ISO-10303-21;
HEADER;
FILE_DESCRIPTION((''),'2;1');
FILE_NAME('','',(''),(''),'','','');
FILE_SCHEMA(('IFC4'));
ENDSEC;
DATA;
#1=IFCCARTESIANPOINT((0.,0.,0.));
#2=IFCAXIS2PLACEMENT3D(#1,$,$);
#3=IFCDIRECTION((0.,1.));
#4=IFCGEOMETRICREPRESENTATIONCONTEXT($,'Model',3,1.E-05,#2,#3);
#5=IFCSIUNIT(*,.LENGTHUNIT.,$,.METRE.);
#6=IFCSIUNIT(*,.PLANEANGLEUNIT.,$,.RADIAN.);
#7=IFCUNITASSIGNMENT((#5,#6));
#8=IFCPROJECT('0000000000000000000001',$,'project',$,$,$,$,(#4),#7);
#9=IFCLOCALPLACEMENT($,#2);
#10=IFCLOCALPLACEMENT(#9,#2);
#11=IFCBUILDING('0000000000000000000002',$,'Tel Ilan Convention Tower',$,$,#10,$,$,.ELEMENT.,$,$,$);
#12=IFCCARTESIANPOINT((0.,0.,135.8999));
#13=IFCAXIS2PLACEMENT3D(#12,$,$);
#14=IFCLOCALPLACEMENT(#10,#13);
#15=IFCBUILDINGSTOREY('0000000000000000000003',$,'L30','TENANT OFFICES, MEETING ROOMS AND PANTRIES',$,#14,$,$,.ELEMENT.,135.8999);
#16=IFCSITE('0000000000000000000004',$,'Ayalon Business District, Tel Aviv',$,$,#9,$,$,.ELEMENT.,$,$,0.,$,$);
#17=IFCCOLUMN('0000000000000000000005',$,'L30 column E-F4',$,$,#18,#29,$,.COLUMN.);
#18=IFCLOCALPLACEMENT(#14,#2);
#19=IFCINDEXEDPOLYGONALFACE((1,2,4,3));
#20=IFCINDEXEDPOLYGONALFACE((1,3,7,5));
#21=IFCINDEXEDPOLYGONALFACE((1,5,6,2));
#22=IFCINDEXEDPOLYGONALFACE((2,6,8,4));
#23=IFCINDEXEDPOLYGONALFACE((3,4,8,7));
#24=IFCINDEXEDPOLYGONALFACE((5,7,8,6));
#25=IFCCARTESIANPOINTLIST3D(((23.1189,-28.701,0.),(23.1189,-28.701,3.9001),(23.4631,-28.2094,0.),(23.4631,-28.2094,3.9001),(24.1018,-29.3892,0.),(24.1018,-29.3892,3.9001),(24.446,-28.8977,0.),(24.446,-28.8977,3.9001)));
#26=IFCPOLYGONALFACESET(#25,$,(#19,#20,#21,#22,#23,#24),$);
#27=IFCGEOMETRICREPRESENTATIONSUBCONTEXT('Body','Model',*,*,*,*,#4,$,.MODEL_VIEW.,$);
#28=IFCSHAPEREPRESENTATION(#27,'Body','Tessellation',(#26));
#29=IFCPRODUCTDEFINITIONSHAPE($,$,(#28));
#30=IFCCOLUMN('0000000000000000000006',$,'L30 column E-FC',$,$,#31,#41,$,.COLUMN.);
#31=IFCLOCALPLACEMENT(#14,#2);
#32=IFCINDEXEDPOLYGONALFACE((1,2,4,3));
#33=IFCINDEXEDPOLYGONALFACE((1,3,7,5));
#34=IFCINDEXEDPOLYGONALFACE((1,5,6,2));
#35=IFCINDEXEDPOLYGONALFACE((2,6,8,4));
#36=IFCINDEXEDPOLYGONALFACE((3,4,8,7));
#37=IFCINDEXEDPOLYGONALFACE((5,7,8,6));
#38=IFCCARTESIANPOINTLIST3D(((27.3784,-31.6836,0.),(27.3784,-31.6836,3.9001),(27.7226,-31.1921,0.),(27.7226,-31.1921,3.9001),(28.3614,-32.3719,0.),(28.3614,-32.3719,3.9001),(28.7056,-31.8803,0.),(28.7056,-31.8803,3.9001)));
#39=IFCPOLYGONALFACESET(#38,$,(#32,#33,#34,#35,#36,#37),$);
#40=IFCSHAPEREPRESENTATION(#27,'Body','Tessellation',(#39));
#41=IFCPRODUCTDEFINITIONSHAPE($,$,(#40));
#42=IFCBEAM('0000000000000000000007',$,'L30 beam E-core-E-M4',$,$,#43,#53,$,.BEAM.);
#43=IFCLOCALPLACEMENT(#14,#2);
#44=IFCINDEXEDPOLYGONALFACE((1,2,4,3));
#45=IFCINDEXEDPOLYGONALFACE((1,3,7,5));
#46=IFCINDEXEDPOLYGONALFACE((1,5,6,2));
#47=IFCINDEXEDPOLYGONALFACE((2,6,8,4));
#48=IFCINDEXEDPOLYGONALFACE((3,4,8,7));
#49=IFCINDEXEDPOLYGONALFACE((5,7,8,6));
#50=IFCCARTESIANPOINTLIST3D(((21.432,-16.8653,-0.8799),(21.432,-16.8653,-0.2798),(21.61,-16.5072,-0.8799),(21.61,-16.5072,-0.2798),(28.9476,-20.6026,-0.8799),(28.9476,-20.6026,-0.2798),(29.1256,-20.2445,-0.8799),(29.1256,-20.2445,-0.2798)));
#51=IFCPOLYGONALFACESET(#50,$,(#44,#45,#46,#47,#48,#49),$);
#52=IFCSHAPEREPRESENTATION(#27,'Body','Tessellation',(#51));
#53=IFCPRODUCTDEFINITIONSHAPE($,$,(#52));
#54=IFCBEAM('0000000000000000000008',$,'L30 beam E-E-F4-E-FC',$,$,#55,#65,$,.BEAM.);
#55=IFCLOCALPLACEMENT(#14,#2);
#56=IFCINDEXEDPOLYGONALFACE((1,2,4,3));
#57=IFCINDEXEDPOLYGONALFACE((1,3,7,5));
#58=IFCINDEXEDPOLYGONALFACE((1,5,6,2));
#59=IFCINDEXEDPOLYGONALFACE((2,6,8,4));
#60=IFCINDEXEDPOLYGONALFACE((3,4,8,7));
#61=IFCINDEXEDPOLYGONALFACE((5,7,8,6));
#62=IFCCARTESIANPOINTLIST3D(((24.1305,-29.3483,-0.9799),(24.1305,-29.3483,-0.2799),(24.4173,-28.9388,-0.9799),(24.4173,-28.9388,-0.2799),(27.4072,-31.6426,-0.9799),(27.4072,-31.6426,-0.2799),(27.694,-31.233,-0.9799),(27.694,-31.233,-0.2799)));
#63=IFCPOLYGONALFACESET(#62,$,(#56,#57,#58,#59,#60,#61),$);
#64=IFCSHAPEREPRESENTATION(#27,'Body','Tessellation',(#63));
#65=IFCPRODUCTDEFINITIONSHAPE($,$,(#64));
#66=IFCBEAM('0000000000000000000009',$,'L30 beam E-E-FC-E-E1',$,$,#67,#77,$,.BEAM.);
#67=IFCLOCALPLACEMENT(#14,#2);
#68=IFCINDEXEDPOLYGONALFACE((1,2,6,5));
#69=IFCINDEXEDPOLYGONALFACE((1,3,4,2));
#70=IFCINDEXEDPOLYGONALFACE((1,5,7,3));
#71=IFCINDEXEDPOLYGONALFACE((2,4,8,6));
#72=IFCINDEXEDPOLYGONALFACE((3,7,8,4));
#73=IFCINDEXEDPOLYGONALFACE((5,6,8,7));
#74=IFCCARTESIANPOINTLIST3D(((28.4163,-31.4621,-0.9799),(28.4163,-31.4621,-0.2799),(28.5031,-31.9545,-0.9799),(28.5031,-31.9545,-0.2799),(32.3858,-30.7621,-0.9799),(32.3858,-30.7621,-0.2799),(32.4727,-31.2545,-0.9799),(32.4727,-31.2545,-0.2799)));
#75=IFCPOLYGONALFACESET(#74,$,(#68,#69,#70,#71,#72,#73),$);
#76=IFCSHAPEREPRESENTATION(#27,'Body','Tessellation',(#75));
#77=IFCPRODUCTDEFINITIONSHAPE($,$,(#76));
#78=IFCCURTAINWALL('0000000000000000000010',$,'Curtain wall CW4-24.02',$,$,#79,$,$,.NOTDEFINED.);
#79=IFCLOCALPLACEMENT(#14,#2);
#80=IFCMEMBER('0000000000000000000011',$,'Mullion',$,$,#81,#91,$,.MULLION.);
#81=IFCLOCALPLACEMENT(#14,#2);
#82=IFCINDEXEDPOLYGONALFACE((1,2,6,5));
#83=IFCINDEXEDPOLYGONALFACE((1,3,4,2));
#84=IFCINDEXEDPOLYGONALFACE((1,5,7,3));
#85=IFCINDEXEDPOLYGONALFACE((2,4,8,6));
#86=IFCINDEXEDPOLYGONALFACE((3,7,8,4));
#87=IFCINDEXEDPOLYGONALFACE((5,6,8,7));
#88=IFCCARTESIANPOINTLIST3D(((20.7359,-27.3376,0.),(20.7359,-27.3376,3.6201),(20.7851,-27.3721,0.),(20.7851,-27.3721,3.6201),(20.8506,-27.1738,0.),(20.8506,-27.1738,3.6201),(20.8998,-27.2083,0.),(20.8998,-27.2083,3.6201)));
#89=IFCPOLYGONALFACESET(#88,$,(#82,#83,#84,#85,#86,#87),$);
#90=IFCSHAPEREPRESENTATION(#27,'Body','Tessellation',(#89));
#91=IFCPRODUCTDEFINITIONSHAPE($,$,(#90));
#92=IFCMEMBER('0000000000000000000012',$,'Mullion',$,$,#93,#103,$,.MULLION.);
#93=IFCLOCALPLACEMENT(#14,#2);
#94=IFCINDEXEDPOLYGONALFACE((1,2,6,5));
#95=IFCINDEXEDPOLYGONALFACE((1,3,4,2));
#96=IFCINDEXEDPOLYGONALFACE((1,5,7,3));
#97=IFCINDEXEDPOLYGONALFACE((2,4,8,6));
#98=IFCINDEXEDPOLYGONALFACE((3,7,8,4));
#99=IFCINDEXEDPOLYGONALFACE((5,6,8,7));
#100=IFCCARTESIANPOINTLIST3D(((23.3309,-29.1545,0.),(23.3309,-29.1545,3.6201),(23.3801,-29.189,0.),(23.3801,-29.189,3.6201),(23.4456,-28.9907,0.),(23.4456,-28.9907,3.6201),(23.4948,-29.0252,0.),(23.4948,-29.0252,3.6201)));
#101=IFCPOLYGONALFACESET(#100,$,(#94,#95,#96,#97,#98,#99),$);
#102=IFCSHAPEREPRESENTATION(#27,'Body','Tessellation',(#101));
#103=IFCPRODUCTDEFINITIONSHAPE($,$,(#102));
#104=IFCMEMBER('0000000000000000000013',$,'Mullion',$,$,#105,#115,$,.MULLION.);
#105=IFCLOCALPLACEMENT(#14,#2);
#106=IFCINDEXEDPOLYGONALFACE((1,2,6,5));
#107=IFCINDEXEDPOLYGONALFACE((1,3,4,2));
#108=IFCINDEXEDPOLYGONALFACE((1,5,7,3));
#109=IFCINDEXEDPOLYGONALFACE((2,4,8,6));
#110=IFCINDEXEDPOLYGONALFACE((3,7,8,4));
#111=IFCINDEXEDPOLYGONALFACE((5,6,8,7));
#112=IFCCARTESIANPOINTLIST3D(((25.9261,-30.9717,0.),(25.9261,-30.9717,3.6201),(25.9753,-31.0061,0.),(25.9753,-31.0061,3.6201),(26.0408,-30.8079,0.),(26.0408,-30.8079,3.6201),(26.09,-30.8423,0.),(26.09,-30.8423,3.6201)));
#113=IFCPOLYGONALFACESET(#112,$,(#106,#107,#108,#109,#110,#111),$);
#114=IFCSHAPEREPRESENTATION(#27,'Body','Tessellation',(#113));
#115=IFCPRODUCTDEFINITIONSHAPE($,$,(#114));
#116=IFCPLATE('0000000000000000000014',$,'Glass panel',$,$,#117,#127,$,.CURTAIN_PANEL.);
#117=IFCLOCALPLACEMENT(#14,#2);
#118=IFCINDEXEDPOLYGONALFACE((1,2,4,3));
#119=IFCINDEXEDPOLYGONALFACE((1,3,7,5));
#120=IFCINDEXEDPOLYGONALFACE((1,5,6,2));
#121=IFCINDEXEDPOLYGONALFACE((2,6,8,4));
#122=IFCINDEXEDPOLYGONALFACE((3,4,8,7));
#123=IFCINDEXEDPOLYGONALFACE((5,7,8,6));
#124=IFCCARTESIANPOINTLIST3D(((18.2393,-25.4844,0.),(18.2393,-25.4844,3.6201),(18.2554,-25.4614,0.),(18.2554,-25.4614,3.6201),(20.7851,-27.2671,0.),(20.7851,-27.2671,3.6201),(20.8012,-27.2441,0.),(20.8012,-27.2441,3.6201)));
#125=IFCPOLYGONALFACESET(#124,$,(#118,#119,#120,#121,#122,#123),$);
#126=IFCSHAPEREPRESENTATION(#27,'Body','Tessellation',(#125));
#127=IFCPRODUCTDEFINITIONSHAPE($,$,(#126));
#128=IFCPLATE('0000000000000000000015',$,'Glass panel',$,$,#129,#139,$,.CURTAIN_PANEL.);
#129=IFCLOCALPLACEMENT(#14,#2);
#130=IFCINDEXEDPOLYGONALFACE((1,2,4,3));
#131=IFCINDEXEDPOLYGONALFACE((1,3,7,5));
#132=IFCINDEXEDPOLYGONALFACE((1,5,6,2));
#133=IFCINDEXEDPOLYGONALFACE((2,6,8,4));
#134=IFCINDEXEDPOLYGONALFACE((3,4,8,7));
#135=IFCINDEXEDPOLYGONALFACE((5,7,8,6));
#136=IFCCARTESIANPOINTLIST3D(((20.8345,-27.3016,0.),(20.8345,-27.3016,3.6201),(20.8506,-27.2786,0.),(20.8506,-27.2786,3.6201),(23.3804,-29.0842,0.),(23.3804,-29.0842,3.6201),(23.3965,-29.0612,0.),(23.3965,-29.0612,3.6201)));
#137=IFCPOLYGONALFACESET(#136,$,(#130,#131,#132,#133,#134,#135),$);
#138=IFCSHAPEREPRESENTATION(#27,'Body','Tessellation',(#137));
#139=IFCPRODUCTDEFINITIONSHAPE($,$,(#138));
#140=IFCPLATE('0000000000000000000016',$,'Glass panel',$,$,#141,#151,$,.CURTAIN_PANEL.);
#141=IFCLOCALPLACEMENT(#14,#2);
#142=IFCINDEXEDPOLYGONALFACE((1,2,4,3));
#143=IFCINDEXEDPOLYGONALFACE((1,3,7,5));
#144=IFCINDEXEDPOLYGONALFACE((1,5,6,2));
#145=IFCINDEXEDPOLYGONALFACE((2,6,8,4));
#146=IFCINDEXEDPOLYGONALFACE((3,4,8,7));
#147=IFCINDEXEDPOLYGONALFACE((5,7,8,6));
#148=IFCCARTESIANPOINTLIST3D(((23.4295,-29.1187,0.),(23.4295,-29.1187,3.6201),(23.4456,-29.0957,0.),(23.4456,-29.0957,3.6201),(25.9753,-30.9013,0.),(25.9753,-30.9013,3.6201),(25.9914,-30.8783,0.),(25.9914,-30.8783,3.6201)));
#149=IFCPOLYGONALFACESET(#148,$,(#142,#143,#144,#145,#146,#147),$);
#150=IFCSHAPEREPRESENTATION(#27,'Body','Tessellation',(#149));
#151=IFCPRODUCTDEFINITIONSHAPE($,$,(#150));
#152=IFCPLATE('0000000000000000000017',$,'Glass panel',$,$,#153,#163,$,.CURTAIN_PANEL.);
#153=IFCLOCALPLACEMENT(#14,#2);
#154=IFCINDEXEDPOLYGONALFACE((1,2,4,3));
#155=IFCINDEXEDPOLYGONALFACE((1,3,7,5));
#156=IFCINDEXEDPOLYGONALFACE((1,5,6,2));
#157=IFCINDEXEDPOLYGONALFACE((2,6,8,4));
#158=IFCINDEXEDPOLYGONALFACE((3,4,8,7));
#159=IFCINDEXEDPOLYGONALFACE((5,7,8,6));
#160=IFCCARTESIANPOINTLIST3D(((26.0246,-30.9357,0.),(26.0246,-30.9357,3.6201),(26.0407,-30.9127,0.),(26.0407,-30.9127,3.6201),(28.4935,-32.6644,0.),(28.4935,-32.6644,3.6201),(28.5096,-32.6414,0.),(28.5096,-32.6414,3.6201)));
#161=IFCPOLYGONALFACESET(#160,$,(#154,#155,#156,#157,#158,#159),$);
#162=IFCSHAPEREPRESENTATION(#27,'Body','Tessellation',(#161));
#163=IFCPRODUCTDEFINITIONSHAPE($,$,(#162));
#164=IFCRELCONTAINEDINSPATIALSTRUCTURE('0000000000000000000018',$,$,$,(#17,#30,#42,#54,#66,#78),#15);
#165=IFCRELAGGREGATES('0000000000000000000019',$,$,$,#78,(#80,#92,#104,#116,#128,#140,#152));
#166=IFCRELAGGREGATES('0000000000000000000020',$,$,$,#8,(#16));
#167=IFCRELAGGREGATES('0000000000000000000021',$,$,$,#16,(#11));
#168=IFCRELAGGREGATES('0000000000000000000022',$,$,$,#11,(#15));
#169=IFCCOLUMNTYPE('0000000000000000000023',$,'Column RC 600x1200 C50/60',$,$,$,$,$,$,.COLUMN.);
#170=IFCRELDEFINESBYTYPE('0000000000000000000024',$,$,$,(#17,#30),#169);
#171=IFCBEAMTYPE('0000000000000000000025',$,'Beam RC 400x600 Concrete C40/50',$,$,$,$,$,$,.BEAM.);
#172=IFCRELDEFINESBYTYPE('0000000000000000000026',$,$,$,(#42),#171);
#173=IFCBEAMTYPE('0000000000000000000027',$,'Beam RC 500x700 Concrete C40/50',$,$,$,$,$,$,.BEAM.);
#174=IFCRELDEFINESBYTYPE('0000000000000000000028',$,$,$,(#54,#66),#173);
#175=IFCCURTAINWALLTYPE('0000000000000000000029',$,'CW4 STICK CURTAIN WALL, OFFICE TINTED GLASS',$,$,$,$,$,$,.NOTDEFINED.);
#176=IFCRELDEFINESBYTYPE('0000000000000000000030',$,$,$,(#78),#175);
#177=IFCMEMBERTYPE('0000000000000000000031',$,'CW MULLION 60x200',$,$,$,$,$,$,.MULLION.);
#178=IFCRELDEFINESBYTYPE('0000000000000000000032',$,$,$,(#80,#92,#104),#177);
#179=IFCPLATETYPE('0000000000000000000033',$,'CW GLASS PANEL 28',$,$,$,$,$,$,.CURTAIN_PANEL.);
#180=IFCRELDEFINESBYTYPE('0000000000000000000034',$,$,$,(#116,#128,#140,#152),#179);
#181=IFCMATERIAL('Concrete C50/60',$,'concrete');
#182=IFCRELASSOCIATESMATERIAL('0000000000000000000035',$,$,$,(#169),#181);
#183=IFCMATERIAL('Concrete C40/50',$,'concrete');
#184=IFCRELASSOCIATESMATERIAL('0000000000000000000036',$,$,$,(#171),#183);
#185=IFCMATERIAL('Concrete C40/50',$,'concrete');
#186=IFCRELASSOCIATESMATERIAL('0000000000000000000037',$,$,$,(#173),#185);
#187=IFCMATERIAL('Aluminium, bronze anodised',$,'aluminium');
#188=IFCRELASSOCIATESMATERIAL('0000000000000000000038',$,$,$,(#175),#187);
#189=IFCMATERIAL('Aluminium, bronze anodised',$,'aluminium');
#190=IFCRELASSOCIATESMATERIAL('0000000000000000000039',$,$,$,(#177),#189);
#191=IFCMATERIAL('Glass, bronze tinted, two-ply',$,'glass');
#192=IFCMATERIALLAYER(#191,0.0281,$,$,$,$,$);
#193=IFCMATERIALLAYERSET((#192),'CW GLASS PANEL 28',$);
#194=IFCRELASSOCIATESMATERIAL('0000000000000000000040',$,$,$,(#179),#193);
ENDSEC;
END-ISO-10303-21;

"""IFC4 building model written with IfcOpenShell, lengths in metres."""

from ifc_helpers import new_model, si_unit, direction, frame, origin, origin_2d, place, context, subcontext, project, spatial, rectangle, extrude, material, layer, layer_set, material_profile, profile_set, type_object, element, aggregate, save


model = new_model("IFC4")

# Units and contexts
model_context = context("Model", 3, precision=1e-05, world=origin(), true_north=direction((0.0, 1.0)))
body_context = subcontext(model_context, "Body", "Model", "MODEL_VIEW")
ifc_project = project(units=[si_unit("LENGTHUNIT", "METRE"), si_unit("PLANEANGLEUNIT", "RADIAN")], contexts=[model_context])

# Site, building, storey
site_placement = place(None, origin())
site = spatial("IfcSite", under=ifc_project, at=site_placement, Name="Ayalon Business District, Tel Aviv", CompositionType="ELEMENT", RefElevation=0.0)
building_placement = place(site_placement, origin())
building = spatial("IfcBuilding", under=site, at=building_placement, Name="Tel Ilan Convention Tower", CompositionType="ELEMENT")
storey_placement = place(building_placement, frame((0.0, 0.0, 135.8999)))
storey = spatial("IfcBuildingStorey", under=building, at=storey_placement, Name="L30", Description="TENANT OFFICES, MEETING ROOMS AND PANTRIES", CompositionType="ELEMENT", Elevation=135.8999)

# Columns
ifc_material_1 = material(Name="Concrete C50/60", Category="concrete")
ifc_material_profile_1 = material_profile(ifc_material_1, rectangle(XDim=1.2, YDim=0.6001, at=origin_2d()), Name="RC 600x1200")
ifc_profile_set_1 = profile_set([ifc_material_profile_1], Name="Concrete C50/60")
column_type = type_object("IfcColumnType", Name="Column RC 600x1200 C50/60", PredefinedType="COLUMN", material=ifc_profile_set_1)
for number, where, z_axis, x_axis, name in (
    (1, (23.7825, -28.7993, 0.0), (0.0, 0.0, 1.0), (0.819152, -0.573576, 0.0), "L30 column E-F4"),
    (2, (28.042, -31.782, 0.0), (0.0, 0.0, 1.0), (0.819152, -0.573576, 0.0), "L30 column E-FC"),
):
    element("IfcColumn", number, at=place(storey_placement, frame(where, z_axis=z_axis, x_axis=x_axis)), inside=storey, type_object=column_type, Name=name, PredefinedType="COLUMN", context=body_context, shape_type="SweptSolid", body=[
        extrude(rectangle(XDim=1.2, YDim=0.6001, at=origin_2d()), origin(), (0.0, 0.0, 1.0), 3.9001),
    ])

# Beams
ifc_material_2 = material(Name="Concrete C40/50", Category="concrete")
ifc_material_profile_2 = material_profile(ifc_material_2, rectangle(XDim=0.3999, YDim=0.6001, at=origin_2d()), Name="RC 400x600")
ifc_profile_set_2 = profile_set([ifc_material_profile_2], Name="Concrete C40/50")
beam_type_1 = type_object("IfcBeamType", Name="Beam RC 400x600 Concrete C40/50", PredefinedType="BEAM", material=ifc_profile_set_2)
beam_1_placement = place(storey_placement, frame((21.521, -16.6863, -0.5798), z_axis=(0.895402, -0.445258, 0.0), x_axis=(0.445258, 0.895402, 0.0)))
element("IfcBeam", 3, at=beam_1_placement, inside=storey, type_object=beam_type_1, Name="L30 beam E-core-E-M4", PredefinedType="BEAM", context=body_context, shape_type="SweptSolid", body=[
    extrude(rectangle(XDim=0.3999, YDim=0.6001, at=origin_2d()), origin(), (0.0, 0.0, 1.0), 8.3936),
])
ifc_material_3 = material(Name="Concrete C40/50", Category="concrete")
ifc_material_profile_3 = material_profile(ifc_material_3, rectangle(XDim=0.5, YDim=0.7, at=origin_2d()), Name="RC 500x700")
ifc_profile_set_3 = profile_set([ifc_material_profile_3], Name="Concrete C40/50")
beam_type_2 = type_object("IfcBeamType", Name="Beam RC 500x700 Concrete C40/50", PredefinedType="BEAM", material=ifc_profile_set_3)
beam_2_placement = place(storey_placement, frame((24.2739, -29.1436, -0.6299), z_axis=(0.819166, -0.573557, 0.0), x_axis=(0.573557, 0.819166, 0.0)))
element("IfcBeam", 4, at=beam_2_placement, inside=storey, type_object=beam_type_2, Name="L30 beam E-E-F4-E-FC", PredefinedType="BEAM", context=body_context, shape_type="SweptSolid", body=[
    extrude(rectangle(XDim=0.5, YDim=0.7, at=origin_2d()), origin(), (0.0, 0.0, 1.0), 4.0),
])
beam_3_placement = place(storey_placement, frame((28.4597, -31.7083, -0.6299), z_axis=(0.984807, 0.173654, 0.0), x_axis=(-0.173654, 0.984807, 0.0)))
element("IfcBeam", 5, at=beam_3_placement, inside=storey, type_object=beam_type_2, Name="L30 beam E-E-FC-E-E1", PredefinedType="BEAM", context=body_context, shape_type="SweptSolid", body=[
    extrude(rectangle(XDim=0.5, YDim=0.7, at=origin_2d()), origin(), (0.0, 0.0, 1.0), 4.0308),
])

# Curtain wall, members, plates
ifc_material_4 = material(Name="Aluminium, bronze anodised", Category="aluminium")
curtain_wall_type = type_object("IfcCurtainWallType", Name="CW4 STICK CURTAIN WALL, OFFICE TINTED GLASS", PredefinedType="NOTDEFINED", material=ifc_material_4)
curtain_wall_placement = place(storey_placement, origin())
curtain_wall = element("IfcCurtainWall", 6, at=curtain_wall_placement, inside=storey, type_object=curtain_wall_type, Name="Curtain wall CW4-24.02", PredefinedType="NOTDEFINED")
ifc_material_5 = material(Name="Aluminium, bronze anodised", Category="aluminium")
ifc_material_profile_4 = material_profile(ifc_material_5, rectangle(XDim=0.0601, YDim=0.2, at=origin_2d()), Name="CW MULLION 60x200")
ifc_profile_set_4 = profile_set([ifc_material_profile_4], Name="Aluminium, bronze anodised")
member_type = type_object("IfcMemberType", Name="CW MULLION 60x200", PredefinedType="MULLION", material=ifc_profile_set_4)
member_1_placement = place(storey_placement, frame((20.8179, -27.2729, 0.0), z_axis=(0.0, 0.0, 1.0), x_axis=(0.819152, -0.573576, 0.0)))
member_1 = element("IfcMember", 7, at=member_1_placement, type_object=member_type, Name="Mullion", PredefinedType="MULLION", context=body_context, shape_type="SweptSolid", body=[
    extrude(rectangle(XDim=0.0601, YDim=0.2, at=origin_2d()), origin(), (0.0, 0.0, 1.0), 3.6201),
])
member_2_placement = place(storey_placement, frame((23.4128, -29.0898, 0.0), z_axis=(0.0, 0.0, 1.0), x_axis=(0.819152, -0.573576, 0.0)))
member_2 = element("IfcMember", 8, at=member_2_placement, type_object=member_type, Name="Mullion", PredefinedType="MULLION", context=body_context, shape_type="SweptSolid", body=[
    extrude(rectangle(XDim=0.0601, YDim=0.2, at=origin_2d()), origin(), (0.0, 0.0, 1.0), 3.6201),
])
member_3_placement = place(storey_placement, frame((26.0081, -30.907, 0.0), z_axis=(0.0, 0.0, 1.0), x_axis=(0.819152, -0.573576, 0.0)))
member_3 = element("IfcMember", 9, at=member_3_placement, type_object=member_type, Name="Mullion", PredefinedType="MULLION", context=body_context, shape_type="SweptSolid", body=[
    extrude(rectangle(XDim=0.0601, YDim=0.2, at=origin_2d()), origin(), (0.0, 0.0, 1.0), 3.6201),
])
ifc_material_6 = material(Name="Glass, bronze tinted, two-ply", Category="glass")
ifc_layer_1 = layer(ifc_material_6, 0.0281)
ifc_layer_set_1 = layer_set([ifc_layer_1], Name="CW GLASS PANEL 28")
plate_type = type_object("IfcPlateType", Name="CW GLASS PANEL 28", PredefinedType="CURTAIN_PANEL", material=ifc_layer_set_1)
plate_1_placement = place(storey_placement, frame((19.5203, -26.3643, 0.0), z_axis=(0.0, 0.0, 1.0), x_axis=(0.819152, -0.573576, 0.0)))
plate_1 = element("IfcPlate", 10, at=plate_1_placement, type_object=plate_type, Name="Glass panel", PredefinedType="CURTAIN_PANEL", context=body_context, shape_type="SweptSolid", body=[
    extrude(rectangle(XDim=3.1079, YDim=0.0281, at=origin_2d()), origin(), (0.0, 0.0, 1.0), 3.6201),
])
plate_2_placement = place(storey_placement, frame((22.1155, -28.1814, 0.0), z_axis=(0.0, 0.0, 1.0), x_axis=(0.819152, -0.573576, 0.0)))
plate_2 = element("IfcPlate", 11, at=plate_2_placement, type_object=plate_type, Name="Glass panel", PredefinedType="CURTAIN_PANEL", context=body_context, shape_type="SweptSolid", body=[
    extrude(rectangle(XDim=3.1079, YDim=0.0281, at=origin_2d()), origin(), (0.0, 0.0, 1.0), 3.6201),
])
plate_3_placement = place(storey_placement, frame((24.7104, -29.9985, 0.0), z_axis=(0.0, 0.0, 1.0), x_axis=(0.819152, -0.573576, 0.0)))
plate_3 = element("IfcPlate", 12, at=plate_3_placement, type_object=plate_type, Name="Glass panel", PredefinedType="CURTAIN_PANEL", context=body_context, shape_type="SweptSolid", body=[
    extrude(rectangle(XDim=3.1079, YDim=0.0281, at=origin_2d()), origin(), (0.0, 0.0, 1.0), 3.6201),
])
plate_4_placement = place(storey_placement, frame((27.2671, -31.7886, 0.0), z_axis=(0.0, 0.0, 1.0), x_axis=(0.819152, -0.573576, 0.0)))
plate_4 = element("IfcPlate", 13, at=plate_4_placement, type_object=plate_type, Name="Glass panel", PredefinedType="CURTAIN_PANEL", context=body_context, shape_type="SweptSolid", body=[
    extrude(rectangle(XDim=3.0139, YDim=0.0281, at=origin_2d()), origin(), (0.0, 0.0, 1.0), 3.6201),
])
aggregate(curtain_wall, [member_1, member_2, member_3, plate_1, plate_2, plate_3, plate_4])

save(model, "model.ifc")
